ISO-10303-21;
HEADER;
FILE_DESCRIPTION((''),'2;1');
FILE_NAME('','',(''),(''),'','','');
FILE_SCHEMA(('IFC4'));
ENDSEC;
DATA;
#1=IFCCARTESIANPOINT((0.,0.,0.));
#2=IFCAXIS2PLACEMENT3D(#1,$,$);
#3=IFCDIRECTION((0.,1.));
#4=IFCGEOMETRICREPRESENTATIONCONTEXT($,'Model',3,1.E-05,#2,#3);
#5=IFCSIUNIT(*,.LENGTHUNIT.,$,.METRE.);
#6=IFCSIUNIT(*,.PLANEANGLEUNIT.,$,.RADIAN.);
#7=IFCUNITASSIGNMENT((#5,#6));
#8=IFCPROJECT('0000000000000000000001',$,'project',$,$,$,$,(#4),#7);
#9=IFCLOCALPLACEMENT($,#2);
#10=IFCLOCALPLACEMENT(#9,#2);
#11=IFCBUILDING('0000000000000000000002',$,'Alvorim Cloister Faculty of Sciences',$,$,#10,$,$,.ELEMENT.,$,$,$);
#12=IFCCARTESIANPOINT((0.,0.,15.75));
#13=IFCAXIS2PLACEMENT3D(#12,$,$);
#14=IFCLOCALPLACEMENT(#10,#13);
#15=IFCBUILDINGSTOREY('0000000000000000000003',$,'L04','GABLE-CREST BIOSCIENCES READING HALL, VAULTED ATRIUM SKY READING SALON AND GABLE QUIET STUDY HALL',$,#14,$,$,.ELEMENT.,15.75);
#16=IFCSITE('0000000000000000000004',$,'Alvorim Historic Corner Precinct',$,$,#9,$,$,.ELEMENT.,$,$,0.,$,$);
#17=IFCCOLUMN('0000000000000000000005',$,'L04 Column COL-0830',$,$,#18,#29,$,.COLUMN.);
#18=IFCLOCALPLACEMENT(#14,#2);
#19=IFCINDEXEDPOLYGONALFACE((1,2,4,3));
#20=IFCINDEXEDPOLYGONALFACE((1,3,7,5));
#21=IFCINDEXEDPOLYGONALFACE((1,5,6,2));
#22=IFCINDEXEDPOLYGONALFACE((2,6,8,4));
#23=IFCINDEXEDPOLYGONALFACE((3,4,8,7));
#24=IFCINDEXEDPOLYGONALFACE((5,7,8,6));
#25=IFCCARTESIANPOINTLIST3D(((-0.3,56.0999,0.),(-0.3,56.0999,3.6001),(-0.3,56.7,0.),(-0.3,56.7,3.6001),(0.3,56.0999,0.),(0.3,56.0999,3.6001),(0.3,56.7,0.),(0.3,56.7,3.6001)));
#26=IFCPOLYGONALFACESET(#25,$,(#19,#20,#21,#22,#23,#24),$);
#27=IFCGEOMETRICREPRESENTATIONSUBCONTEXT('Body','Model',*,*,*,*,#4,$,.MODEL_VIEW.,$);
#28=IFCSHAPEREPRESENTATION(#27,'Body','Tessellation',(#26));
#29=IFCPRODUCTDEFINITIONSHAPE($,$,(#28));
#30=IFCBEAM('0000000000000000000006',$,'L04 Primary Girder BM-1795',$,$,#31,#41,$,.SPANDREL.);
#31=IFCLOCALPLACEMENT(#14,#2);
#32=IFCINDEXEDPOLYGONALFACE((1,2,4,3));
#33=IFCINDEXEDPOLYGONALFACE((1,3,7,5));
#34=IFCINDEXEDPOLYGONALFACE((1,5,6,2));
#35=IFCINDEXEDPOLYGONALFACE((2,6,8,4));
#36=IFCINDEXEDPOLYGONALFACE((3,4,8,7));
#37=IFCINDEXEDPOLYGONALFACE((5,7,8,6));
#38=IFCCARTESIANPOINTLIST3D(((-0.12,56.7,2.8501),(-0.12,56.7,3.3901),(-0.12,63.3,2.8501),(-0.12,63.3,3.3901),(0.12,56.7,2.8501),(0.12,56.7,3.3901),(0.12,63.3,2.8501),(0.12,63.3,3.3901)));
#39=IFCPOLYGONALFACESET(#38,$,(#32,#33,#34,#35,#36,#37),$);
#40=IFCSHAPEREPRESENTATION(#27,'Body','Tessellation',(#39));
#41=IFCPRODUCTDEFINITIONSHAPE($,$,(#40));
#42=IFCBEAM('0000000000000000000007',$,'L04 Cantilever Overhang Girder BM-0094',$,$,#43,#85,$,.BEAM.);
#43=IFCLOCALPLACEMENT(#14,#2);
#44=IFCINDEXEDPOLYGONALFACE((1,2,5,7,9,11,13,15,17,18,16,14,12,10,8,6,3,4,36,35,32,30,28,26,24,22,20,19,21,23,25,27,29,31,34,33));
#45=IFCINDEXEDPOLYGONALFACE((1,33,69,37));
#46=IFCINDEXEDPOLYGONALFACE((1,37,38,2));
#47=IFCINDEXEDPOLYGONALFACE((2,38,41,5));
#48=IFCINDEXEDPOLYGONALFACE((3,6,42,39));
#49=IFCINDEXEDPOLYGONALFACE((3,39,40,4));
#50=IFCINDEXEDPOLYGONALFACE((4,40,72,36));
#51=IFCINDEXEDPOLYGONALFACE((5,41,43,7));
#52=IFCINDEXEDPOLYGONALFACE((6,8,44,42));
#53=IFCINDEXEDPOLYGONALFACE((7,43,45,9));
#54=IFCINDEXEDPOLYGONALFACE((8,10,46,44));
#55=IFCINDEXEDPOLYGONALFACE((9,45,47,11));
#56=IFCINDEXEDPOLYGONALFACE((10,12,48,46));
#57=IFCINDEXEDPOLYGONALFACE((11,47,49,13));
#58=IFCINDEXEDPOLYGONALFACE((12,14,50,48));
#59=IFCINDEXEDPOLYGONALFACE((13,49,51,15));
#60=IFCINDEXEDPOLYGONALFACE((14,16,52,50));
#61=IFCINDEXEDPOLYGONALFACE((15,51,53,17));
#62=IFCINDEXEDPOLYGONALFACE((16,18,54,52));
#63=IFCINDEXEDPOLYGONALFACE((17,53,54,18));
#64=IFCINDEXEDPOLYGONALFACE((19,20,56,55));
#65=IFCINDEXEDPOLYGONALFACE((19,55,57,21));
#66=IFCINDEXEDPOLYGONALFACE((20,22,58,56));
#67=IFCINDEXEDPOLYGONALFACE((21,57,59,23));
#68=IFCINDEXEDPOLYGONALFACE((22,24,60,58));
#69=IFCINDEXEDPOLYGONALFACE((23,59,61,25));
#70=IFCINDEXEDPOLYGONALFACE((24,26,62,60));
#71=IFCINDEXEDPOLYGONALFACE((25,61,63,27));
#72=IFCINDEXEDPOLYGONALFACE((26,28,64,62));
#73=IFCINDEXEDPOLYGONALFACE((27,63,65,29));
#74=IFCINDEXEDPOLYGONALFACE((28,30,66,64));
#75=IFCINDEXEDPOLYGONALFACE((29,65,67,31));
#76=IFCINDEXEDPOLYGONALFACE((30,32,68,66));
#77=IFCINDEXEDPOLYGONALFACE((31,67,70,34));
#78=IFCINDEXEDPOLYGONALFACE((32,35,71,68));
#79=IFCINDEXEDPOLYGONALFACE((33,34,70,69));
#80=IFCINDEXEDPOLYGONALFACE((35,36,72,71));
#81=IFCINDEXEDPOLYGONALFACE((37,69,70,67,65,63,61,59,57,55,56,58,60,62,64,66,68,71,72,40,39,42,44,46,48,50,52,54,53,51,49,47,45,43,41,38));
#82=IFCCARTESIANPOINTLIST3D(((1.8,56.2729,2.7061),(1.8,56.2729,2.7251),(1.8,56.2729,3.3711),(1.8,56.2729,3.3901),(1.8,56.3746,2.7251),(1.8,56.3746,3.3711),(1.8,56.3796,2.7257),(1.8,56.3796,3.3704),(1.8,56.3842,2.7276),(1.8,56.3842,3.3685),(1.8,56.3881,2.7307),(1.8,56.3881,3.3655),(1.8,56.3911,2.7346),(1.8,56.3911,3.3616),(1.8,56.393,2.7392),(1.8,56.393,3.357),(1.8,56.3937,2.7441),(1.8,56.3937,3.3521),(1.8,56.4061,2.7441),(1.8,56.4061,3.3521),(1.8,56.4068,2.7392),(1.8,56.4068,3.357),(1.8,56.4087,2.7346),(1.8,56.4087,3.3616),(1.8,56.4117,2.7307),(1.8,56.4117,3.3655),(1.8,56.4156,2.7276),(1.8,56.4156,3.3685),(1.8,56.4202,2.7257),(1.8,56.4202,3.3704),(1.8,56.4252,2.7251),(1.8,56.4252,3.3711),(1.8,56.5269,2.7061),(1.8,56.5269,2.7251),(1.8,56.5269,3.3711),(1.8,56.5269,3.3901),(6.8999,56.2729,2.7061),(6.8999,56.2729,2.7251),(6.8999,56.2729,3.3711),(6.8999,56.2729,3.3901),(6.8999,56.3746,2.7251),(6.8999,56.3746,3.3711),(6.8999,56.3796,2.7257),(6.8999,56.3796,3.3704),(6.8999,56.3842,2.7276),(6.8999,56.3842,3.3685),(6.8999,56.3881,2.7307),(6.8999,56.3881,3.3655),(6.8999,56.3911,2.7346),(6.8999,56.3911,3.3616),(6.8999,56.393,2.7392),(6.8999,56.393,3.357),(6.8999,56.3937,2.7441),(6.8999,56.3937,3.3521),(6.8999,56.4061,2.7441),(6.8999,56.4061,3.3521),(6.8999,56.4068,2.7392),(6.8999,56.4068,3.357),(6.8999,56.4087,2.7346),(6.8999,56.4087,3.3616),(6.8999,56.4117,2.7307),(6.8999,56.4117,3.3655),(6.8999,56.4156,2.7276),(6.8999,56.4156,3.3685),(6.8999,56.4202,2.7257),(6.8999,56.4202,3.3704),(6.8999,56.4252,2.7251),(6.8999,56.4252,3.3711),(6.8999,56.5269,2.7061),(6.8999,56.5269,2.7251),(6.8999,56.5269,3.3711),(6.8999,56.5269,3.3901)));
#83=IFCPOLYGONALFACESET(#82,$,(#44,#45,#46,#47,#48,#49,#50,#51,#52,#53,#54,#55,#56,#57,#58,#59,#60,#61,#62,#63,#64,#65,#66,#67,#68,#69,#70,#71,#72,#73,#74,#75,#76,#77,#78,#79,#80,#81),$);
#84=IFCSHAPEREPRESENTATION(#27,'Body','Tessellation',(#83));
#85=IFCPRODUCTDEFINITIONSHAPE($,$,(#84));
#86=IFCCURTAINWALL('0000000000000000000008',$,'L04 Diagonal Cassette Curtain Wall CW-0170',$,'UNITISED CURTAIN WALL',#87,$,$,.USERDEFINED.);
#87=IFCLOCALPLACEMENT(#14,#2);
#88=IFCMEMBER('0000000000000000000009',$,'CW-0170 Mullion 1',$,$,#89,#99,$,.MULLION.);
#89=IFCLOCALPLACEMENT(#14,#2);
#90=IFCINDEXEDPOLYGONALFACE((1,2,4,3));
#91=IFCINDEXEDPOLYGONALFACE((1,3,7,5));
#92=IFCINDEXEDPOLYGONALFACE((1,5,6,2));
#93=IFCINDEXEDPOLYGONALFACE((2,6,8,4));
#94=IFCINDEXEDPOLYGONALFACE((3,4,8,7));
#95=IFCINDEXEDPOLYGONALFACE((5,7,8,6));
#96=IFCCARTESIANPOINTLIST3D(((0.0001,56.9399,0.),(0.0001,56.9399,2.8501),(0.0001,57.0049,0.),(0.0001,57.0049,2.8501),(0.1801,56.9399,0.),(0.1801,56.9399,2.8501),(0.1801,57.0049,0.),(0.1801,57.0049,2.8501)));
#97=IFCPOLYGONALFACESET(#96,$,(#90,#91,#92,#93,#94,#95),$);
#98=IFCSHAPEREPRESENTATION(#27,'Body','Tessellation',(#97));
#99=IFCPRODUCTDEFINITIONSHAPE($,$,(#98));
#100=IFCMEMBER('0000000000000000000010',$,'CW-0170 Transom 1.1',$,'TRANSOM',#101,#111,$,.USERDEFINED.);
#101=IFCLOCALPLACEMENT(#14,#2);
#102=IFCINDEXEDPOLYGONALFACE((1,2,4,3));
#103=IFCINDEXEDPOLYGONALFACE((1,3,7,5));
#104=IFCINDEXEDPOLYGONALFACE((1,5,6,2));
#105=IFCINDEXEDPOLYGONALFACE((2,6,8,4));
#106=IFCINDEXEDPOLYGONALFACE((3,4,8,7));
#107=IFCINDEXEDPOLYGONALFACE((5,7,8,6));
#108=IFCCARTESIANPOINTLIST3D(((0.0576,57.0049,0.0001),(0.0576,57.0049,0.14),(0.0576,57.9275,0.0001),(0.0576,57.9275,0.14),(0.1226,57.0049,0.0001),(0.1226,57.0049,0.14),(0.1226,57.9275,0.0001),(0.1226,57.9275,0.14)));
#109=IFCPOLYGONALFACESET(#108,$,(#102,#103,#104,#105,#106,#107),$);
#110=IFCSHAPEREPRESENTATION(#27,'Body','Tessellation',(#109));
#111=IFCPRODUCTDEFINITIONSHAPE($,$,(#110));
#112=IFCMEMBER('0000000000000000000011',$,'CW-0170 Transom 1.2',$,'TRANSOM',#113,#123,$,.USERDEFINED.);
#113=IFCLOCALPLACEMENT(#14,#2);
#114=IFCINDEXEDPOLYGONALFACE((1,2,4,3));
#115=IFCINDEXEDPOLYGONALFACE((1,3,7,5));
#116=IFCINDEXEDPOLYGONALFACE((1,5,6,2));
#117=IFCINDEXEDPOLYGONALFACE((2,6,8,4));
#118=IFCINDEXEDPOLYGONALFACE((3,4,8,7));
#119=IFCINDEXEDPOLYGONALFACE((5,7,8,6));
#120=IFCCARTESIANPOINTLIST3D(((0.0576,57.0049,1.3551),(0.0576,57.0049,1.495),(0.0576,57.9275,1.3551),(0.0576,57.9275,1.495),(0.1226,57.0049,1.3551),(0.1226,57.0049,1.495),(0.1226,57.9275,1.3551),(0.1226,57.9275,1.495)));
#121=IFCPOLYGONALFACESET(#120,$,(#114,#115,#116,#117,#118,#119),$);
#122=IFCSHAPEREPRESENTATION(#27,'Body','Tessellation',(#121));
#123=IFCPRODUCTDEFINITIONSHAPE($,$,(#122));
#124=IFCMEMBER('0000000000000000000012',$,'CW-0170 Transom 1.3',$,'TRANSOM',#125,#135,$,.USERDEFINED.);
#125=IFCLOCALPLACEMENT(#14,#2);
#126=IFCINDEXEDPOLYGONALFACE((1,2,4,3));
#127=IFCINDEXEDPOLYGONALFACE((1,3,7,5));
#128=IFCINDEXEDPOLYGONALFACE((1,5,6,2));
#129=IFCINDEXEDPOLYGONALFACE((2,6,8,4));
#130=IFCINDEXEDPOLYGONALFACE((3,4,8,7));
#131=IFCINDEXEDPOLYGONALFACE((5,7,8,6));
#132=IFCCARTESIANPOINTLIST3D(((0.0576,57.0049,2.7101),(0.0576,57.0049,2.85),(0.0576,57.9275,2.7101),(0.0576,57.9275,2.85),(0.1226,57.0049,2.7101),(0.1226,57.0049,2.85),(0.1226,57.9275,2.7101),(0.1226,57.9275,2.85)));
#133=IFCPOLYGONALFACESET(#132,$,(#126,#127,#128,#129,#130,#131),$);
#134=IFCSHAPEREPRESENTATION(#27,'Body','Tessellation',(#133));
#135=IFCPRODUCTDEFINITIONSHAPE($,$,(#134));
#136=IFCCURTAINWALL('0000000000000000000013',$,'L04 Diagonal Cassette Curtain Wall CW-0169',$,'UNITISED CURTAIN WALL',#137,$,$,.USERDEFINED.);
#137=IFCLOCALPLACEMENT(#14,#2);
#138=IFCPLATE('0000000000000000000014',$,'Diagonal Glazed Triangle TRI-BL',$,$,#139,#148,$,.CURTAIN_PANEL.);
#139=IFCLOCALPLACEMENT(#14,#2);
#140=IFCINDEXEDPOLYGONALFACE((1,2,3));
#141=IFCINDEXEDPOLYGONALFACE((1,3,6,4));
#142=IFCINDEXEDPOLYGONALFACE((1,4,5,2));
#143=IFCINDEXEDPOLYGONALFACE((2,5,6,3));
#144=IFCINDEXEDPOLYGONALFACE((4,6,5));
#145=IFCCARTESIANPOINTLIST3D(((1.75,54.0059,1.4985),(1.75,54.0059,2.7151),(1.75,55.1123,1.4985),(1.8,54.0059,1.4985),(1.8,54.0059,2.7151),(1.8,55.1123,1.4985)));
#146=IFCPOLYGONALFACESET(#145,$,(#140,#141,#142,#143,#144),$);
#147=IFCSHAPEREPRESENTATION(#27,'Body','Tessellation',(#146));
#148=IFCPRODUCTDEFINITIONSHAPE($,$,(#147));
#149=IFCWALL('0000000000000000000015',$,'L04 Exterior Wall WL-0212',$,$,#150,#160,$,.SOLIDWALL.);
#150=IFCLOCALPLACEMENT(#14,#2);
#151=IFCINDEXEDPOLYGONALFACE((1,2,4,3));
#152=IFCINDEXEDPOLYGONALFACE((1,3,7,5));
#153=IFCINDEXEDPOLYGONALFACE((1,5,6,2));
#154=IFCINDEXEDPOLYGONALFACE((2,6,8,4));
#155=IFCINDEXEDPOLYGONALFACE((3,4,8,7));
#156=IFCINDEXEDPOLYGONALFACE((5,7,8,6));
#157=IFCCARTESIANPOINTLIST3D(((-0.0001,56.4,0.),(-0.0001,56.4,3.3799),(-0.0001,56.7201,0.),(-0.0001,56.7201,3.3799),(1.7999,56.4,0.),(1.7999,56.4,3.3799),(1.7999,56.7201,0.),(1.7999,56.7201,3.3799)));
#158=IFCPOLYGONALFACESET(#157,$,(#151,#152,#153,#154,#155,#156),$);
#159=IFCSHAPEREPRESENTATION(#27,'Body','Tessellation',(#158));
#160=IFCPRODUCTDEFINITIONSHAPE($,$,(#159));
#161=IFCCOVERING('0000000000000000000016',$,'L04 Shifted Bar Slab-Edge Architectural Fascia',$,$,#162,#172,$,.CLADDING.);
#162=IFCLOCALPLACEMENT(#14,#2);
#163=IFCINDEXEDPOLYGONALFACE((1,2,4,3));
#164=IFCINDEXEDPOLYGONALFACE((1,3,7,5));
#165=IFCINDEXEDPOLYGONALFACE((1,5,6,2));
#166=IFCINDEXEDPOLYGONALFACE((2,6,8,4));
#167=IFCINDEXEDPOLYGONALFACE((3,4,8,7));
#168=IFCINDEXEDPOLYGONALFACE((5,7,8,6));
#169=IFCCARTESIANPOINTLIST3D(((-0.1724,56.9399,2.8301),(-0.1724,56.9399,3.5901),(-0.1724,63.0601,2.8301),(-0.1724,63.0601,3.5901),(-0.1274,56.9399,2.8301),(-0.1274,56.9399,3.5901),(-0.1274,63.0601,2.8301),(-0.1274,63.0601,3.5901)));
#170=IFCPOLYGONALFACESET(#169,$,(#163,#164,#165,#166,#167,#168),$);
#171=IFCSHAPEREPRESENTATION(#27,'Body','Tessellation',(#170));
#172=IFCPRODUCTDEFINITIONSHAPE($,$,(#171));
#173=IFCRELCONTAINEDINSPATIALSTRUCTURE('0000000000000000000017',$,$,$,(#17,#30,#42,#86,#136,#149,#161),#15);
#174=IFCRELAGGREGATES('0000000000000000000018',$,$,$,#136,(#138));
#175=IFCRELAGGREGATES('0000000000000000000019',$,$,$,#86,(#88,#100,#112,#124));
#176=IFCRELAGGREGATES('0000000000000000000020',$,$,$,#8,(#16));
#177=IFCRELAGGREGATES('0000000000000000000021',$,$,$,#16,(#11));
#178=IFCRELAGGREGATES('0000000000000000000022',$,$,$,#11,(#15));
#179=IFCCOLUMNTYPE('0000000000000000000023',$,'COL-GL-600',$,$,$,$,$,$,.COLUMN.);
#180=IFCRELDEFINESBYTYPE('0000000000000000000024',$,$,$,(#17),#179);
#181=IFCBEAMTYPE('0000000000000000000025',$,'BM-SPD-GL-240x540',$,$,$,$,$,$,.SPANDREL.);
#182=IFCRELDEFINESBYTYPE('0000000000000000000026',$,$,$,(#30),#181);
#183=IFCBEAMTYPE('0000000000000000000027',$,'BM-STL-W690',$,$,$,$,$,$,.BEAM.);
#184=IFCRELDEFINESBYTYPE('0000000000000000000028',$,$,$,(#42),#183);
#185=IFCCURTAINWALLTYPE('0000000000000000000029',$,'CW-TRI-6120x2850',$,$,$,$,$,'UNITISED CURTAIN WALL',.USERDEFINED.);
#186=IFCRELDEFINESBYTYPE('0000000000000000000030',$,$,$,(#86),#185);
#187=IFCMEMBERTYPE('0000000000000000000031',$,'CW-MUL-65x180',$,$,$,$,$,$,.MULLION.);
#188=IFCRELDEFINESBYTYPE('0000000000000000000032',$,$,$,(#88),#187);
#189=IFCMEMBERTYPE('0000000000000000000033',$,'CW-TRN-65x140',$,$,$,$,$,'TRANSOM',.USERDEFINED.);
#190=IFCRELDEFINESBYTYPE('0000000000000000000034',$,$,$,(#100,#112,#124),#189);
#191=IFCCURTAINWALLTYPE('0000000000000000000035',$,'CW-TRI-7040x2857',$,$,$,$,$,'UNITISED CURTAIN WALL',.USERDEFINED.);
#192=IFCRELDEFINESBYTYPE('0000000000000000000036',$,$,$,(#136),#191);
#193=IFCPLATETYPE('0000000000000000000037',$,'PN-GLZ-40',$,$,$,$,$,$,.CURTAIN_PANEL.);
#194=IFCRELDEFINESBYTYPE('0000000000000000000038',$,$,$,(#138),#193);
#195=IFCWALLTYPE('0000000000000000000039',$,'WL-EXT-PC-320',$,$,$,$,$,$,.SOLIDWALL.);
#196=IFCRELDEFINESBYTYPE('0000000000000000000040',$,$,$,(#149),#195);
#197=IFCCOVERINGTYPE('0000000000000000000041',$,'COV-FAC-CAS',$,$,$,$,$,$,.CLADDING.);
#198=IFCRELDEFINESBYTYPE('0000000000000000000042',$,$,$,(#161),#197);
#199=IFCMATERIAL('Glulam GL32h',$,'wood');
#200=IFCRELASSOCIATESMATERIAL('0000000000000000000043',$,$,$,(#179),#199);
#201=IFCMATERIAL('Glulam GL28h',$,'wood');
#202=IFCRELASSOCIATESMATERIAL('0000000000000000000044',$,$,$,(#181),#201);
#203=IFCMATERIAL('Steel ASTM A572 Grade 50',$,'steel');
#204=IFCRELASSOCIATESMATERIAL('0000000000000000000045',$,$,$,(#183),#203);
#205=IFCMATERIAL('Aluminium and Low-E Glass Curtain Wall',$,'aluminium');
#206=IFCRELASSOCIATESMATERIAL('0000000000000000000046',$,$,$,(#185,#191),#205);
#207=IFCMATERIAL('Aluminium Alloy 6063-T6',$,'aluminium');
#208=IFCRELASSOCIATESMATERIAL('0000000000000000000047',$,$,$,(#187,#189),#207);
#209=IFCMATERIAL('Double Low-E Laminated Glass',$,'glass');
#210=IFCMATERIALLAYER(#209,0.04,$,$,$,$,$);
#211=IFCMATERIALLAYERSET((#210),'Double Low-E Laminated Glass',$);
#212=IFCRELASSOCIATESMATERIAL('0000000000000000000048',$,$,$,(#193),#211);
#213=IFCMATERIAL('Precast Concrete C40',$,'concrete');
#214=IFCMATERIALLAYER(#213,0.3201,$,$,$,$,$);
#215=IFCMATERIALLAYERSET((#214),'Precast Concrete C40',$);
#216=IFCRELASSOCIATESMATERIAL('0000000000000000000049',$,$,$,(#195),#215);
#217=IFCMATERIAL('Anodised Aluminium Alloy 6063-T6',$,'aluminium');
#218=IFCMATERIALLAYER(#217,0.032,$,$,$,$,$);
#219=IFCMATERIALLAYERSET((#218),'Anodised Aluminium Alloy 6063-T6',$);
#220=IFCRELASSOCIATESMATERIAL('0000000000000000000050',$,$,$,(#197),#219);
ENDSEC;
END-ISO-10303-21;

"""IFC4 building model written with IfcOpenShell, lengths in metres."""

from ifc_helpers import new_model, si_unit, direction, frame, frame_2d, origin, origin_2d, place, context, subcontext, project, spatial, polyline, rectangle, i_section, outline, extrude, material, layer, layer_set, material_profile, profile_set, type_object, element, aggregate, save


model = new_model("IFC4")

# Units and contexts
model_context = context("Model", 3, precision=1e-05, world=origin(), true_north=direction((0.0, 1.0)))
body_context = subcontext(model_context, "Body", "Model", "MODEL_VIEW")
ifc_project = project(units=[si_unit("LENGTHUNIT", "METRE"), si_unit("PLANEANGLEUNIT", "RADIAN")], contexts=[model_context])

# Site, building, storey
site_placement = place(None, origin())
site = spatial("IfcSite", under=ifc_project, at=site_placement, Name="Alvorim Historic Corner Precinct", CompositionType="ELEMENT", RefElevation=0.0)
building_placement = place(site_placement, origin())
building = spatial("IfcBuilding", under=site, at=building_placement, Name="Alvorim Cloister Faculty of Sciences", CompositionType="ELEMENT")
storey_placement = place(building_placement, frame((0.0, 0.0, 15.75)))
storey = spatial("IfcBuildingStorey", under=building, at=storey_placement, Name="L04", Description="GABLE-CREST BIOSCIENCES READING HALL, VAULTED ATRIUM SKY READING SALON AND GABLE QUIET STUDY HALL", CompositionType="ELEMENT", Elevation=15.75)

# Column
ifc_material_1 = material(Name="Glulam GL32h", Category="wood")
ifc_material_profile_1 = material_profile(ifc_material_1, rectangle(XDim=0.6001, YDim=0.6001, at=origin_2d()), Name="GL32-COL-600x600")
ifc_profile_set_1 = profile_set([ifc_material_profile_1], Name="Glulam GL32h")
column_type = type_object("IfcColumnType", Name="COL-GL-600", PredefinedType="COLUMN", material=ifc_profile_set_1)
column_placement = place(storey_placement, frame((0.0, 56.3999, 0.0), z_axis=(0.0, 0.0, 1.0), x_axis=(1.0, 0.0, 0.0)))
element("IfcColumn", 1, at=column_placement, inside=storey, type_object=column_type, Name="L04 Column COL-0830", PredefinedType="COLUMN", context=body_context, shape_type="SweptSolid", body=[
    extrude(rectangle(XDim=0.6001, YDim=0.6001, at=origin_2d()), origin(), (0.0, 0.0, 1.0), 3.6001),
])

# Beams
ifc_material_2 = material(Name="Glulam GL28h", Category="wood")
ifc_material_profile_2 = material_profile(ifc_material_2, rectangle(XDim=0.24, YDim=0.54, at=origin_2d()), Name="GL28-SPD-240x540")
ifc_profile_set_2 = profile_set([ifc_material_profile_2], Name="Glulam GL28h")
beam_type_1 = type_object("IfcBeamType", Name="BM-SPD-GL-240x540", PredefinedType="SPANDREL", material=ifc_profile_set_2)
beam_1_placement = place(storey_placement, frame((0.0, 56.7, 3.1201), z_axis=(0.0, 1.0, 0.0), x_axis=(-1.0, 0.0, 0.0)))
element("IfcBeam", 2, at=beam_1_placement, inside=storey, type_object=beam_type_1, Name="L04 Primary Girder BM-1795", PredefinedType="SPANDREL", context=body_context, shape_type="SweptSolid", body=[
    extrude(rectangle(XDim=0.24, YDim=0.54, at=origin_2d()), origin(), (0.0, 0.0, 1.0), 6.6001),
])
ifc_material_3 = material(Name="Steel ASTM A572 Grade 50", Category="steel")
ifc_material_profile_3 = material_profile(ifc_material_3, i_section(OverallWidth=0.2539, OverallDepth=0.6841, WebThickness=0.0125, FlangeThickness=0.019, FilletRadius=0.019, at=origin_2d()), Name="W690x140.0")
ifc_profile_set_3 = profile_set([ifc_material_profile_3], Name="Steel ASTM A572 Grade 50")
beam_type_2 = type_object("IfcBeamType", Name="BM-STL-W690", PredefinedType="BEAM", material=ifc_profile_set_3)
beam_2_placement = place(storey_placement, frame((1.8, 56.3999, 3.0481), z_axis=(1.0, 0.0, 0.0), x_axis=(0.0, 1.0, 0.0)))
element("IfcBeam", 3, at=beam_2_placement, inside=storey, type_object=beam_type_2, Name="L04 Cantilever Overhang Girder BM-0094", PredefinedType="BEAM", context=body_context, shape_type="SweptSolid", body=[
    extrude(i_section(OverallWidth=0.2539, OverallDepth=0.6841, WebThickness=0.0125, FlangeThickness=0.019, FilletRadius=0.019, at=origin_2d()), origin(), (0.0, 0.0, 1.0), 5.0999),
])

# Curtain wall, members
ifc_material_4 = material(Name="Aluminium and Low-E Glass Curtain Wall", Category="aluminium")
curtain_wall_type_1 = type_object("IfcCurtainWallType", Name="CW-TRI-6120x2850", ElementType="UNITISED CURTAIN WALL", PredefinedType="USERDEFINED", material=ifc_material_4)
curtain_wall_1_placement = place(storey_placement, origin())
curtain_wall_1 = element("IfcCurtainWall", 4, at=curtain_wall_1_placement, inside=storey, type_object=curtain_wall_type_1, Name="L04 Diagonal Cassette Curtain Wall CW-0170", ObjectType="UNITISED CURTAIN WALL", PredefinedType="USERDEFINED")
ifc_material_5 = material(Name="Aluminium Alloy 6063-T6", Category="aluminium")
ifc_material_profile_4 = material_profile(ifc_material_5, rectangle(XDim=0.0649, YDim=0.1799, at=origin_2d()), Name="ALU-MUL-65x180")
ifc_profile_set_4 = profile_set([ifc_material_profile_4], Name="Aluminium Alloy 6063-T6")
member_type_1 = type_object("IfcMemberType", Name="CW-MUL-65x180", PredefinedType="MULLION", material=ifc_profile_set_4)
member_1_placement = place(storey_placement, frame((0.0901, 56.9724, 0.0), z_axis=(0.0, 0.0, 1.0), x_axis=(0.0, 1.0, 0.0)))
member_1 = element("IfcMember", 5, at=member_1_placement, type_object=member_type_1, Name="CW-0170 Mullion 1", PredefinedType="MULLION", context=body_context, shape_type="SweptSolid", body=[
    extrude(rectangle(XDim=0.0649, YDim=0.1799, at=origin_2d()), origin(), (0.0, 0.0, 1.0), 2.8501),
])
ifc_material_profile_5 = material_profile(ifc_material_5, rectangle(XDim=0.0649, YDim=0.1399, at=origin_2d()), Name="ALU-TRN-65x140")
ifc_profile_set_5 = profile_set([ifc_material_profile_5], Name="Aluminium Alloy 6063-T6")
member_type_2 = type_object("IfcMemberType", Name="CW-TRN-65x140", ElementType="TRANSOM", PredefinedType="USERDEFINED", material=ifc_profile_set_5)
member_2_placement = place(storey_placement, frame((0.0901, 57.0049, 0.0701), z_axis=(0.0, 1.0, 0.0), x_axis=(-1.0, 0.0, 0.0)))
member_2 = element("IfcMember", 6, at=member_2_placement, type_object=member_type_2, Name="CW-0170 Transom 1.1", ObjectType="TRANSOM", PredefinedType="USERDEFINED", context=body_context, shape_type="SweptSolid", body=[
    extrude(rectangle(XDim=0.0649, YDim=0.1399, at=origin_2d()), origin(), (0.0, 0.0, 1.0), 0.9226),
])
member_3_placement = place(storey_placement, frame((0.0901, 57.0049, 1.425), z_axis=(0.0, 1.0, 0.0), x_axis=(-1.0, 0.0, 0.0)))
member_3 = element("IfcMember", 7, at=member_3_placement, type_object=member_type_2, Name="CW-0170 Transom 1.2", ObjectType="TRANSOM", PredefinedType="USERDEFINED", context=body_context, shape_type="SweptSolid", body=[
    extrude(rectangle(XDim=0.0649, YDim=0.1399, at=origin_2d()), origin(), (0.0, 0.0, 1.0), 0.9226),
])
member_4_placement = place(storey_placement, frame((0.0901, 57.0049, 2.78), z_axis=(0.0, 1.0, 0.0), x_axis=(-1.0, 0.0, 0.0)))
member_4 = element("IfcMember", 8, at=member_4_placement, type_object=member_type_2, Name="CW-0170 Transom 1.3", ObjectType="TRANSOM", PredefinedType="USERDEFINED", context=body_context, shape_type="SweptSolid", body=[
    extrude(rectangle(XDim=0.0649, YDim=0.1399, at=origin_2d()), origin(), (0.0, 0.0, 1.0), 0.9226),
])

# Curtain wall, plate
curtain_wall_type_2 = type_object("IfcCurtainWallType", Name="CW-TRI-7040x2857", ElementType="UNITISED CURTAIN WALL", PredefinedType="USERDEFINED", material=ifc_material_4)
curtain_wall_2_placement = place(storey_placement, origin())
curtain_wall_2 = element("IfcCurtainWall", 9, at=curtain_wall_2_placement, inside=storey, type_object=curtain_wall_type_2, Name="L04 Diagonal Cassette Curtain Wall CW-0169", ObjectType="UNITISED CURTAIN WALL", PredefinedType="USERDEFINED")
ifc_material_6 = material(Name="Double Low-E Laminated Glass", Category="glass")
ifc_layer_1 = layer(ifc_material_6, 0.04)
ifc_layer_set_1 = layer_set([ifc_layer_1], Name="Double Low-E Laminated Glass")
plate_type = type_object("IfcPlateType", Name="PN-GLZ-40", PredefinedType="CURTAIN_PANEL", material=ifc_layer_set_1)
plate_1_placement = place(storey_placement, frame((1.7749, 54.0059, 1.4985), z_axis=(0.0, 0.0, 1.0), x_axis=(0.0, 1.0, 0.0)))
plate_1 = element("IfcPlate", 10, at=plate_1_placement, type_object=plate_type, Name="Diagonal Glazed Triangle TRI-BL", PredefinedType="CURTAIN_PANEL", context=body_context, shape_type="SweptSolid", body=[
    extrude(outline(polyline([(0.0, 0.0), (1.1064, 0.0), (0.0, 1.2166), (0.0, 0.0)])), frame((0.0, 0.0249, 0.0), z_axis=(0.0, -1.0, 0.0), x_axis=(1.0, 0.0, 0.0)), (0.0, 0.0, 1.0), 0.05),
])
aggregate(curtain_wall_2, [plate_1])

aggregate(curtain_wall_1, [member_1, member_2, member_3, member_4])

# Wall
ifc_material_7 = material(Name="Precast Concrete C40", Category="concrete")
ifc_layer_2 = layer(ifc_material_7, 0.3201)
ifc_layer_set_2 = layer_set([ifc_layer_2], Name="Precast Concrete C40")
wall_type = type_object("IfcWallType", Name="WL-EXT-PC-320", PredefinedType="SOLIDWALL", material=ifc_layer_set_2)
wall_placement = place(storey_placement, frame((0.0, 56.5601, 0.0), z_axis=(0.0, 0.0, 1.0), x_axis=(1.0, 0.0, 0.0)))
element("IfcWall", 11, at=wall_placement, inside=storey, type_object=wall_type, Name="L04 Exterior Wall WL-0212", PredefinedType="SOLIDWALL", context=body_context, shape_type="SweptSolid", body=[
    extrude(rectangle(XDim=1.8, YDim=0.3201, at=frame_2d((0.8999, 0.0))), origin(), (0.0, 0.0, 1.0), 3.3799),
])

# Covering
ifc_material_8 = material(Name="Anodised Aluminium Alloy 6063-T6", Category="aluminium")
ifc_layer_3 = layer(ifc_material_8, 0.032)
ifc_layer_set_3 = layer_set([ifc_layer_3], Name="Anodised Aluminium Alloy 6063-T6")
covering_type = type_object("IfcCoveringType", Name="COV-FAC-CAS", PredefinedType="CLADDING", material=ifc_layer_set_3)
covering_placement = place(storey_placement, frame((-0.1499, 56.9399, 2.8301), z_axis=(0.0, 0.0, 1.0), x_axis=(0.0, 1.0, 0.0)))
element("IfcCovering", 12, at=covering_placement, inside=storey, type_object=covering_type, Name="L04 Shifted Bar Slab-Edge Architectural Fascia", PredefinedType="CLADDING", context=body_context, shape_type="SweptSolid", body=[
    extrude(outline(polyline([(0.0, 0.0), (6.1201, 0.0), (6.1201, 0.76), (0.0, 0.76), (0.0, 0.0)])), frame((0.0, 0.0225, 0.0), z_axis=(0.0, -1.0, 0.0), x_axis=(1.0, 0.0, 0.0)), (0.0, 0.0, 1.0), 0.0449),
])

save(model, "model.ifc")
